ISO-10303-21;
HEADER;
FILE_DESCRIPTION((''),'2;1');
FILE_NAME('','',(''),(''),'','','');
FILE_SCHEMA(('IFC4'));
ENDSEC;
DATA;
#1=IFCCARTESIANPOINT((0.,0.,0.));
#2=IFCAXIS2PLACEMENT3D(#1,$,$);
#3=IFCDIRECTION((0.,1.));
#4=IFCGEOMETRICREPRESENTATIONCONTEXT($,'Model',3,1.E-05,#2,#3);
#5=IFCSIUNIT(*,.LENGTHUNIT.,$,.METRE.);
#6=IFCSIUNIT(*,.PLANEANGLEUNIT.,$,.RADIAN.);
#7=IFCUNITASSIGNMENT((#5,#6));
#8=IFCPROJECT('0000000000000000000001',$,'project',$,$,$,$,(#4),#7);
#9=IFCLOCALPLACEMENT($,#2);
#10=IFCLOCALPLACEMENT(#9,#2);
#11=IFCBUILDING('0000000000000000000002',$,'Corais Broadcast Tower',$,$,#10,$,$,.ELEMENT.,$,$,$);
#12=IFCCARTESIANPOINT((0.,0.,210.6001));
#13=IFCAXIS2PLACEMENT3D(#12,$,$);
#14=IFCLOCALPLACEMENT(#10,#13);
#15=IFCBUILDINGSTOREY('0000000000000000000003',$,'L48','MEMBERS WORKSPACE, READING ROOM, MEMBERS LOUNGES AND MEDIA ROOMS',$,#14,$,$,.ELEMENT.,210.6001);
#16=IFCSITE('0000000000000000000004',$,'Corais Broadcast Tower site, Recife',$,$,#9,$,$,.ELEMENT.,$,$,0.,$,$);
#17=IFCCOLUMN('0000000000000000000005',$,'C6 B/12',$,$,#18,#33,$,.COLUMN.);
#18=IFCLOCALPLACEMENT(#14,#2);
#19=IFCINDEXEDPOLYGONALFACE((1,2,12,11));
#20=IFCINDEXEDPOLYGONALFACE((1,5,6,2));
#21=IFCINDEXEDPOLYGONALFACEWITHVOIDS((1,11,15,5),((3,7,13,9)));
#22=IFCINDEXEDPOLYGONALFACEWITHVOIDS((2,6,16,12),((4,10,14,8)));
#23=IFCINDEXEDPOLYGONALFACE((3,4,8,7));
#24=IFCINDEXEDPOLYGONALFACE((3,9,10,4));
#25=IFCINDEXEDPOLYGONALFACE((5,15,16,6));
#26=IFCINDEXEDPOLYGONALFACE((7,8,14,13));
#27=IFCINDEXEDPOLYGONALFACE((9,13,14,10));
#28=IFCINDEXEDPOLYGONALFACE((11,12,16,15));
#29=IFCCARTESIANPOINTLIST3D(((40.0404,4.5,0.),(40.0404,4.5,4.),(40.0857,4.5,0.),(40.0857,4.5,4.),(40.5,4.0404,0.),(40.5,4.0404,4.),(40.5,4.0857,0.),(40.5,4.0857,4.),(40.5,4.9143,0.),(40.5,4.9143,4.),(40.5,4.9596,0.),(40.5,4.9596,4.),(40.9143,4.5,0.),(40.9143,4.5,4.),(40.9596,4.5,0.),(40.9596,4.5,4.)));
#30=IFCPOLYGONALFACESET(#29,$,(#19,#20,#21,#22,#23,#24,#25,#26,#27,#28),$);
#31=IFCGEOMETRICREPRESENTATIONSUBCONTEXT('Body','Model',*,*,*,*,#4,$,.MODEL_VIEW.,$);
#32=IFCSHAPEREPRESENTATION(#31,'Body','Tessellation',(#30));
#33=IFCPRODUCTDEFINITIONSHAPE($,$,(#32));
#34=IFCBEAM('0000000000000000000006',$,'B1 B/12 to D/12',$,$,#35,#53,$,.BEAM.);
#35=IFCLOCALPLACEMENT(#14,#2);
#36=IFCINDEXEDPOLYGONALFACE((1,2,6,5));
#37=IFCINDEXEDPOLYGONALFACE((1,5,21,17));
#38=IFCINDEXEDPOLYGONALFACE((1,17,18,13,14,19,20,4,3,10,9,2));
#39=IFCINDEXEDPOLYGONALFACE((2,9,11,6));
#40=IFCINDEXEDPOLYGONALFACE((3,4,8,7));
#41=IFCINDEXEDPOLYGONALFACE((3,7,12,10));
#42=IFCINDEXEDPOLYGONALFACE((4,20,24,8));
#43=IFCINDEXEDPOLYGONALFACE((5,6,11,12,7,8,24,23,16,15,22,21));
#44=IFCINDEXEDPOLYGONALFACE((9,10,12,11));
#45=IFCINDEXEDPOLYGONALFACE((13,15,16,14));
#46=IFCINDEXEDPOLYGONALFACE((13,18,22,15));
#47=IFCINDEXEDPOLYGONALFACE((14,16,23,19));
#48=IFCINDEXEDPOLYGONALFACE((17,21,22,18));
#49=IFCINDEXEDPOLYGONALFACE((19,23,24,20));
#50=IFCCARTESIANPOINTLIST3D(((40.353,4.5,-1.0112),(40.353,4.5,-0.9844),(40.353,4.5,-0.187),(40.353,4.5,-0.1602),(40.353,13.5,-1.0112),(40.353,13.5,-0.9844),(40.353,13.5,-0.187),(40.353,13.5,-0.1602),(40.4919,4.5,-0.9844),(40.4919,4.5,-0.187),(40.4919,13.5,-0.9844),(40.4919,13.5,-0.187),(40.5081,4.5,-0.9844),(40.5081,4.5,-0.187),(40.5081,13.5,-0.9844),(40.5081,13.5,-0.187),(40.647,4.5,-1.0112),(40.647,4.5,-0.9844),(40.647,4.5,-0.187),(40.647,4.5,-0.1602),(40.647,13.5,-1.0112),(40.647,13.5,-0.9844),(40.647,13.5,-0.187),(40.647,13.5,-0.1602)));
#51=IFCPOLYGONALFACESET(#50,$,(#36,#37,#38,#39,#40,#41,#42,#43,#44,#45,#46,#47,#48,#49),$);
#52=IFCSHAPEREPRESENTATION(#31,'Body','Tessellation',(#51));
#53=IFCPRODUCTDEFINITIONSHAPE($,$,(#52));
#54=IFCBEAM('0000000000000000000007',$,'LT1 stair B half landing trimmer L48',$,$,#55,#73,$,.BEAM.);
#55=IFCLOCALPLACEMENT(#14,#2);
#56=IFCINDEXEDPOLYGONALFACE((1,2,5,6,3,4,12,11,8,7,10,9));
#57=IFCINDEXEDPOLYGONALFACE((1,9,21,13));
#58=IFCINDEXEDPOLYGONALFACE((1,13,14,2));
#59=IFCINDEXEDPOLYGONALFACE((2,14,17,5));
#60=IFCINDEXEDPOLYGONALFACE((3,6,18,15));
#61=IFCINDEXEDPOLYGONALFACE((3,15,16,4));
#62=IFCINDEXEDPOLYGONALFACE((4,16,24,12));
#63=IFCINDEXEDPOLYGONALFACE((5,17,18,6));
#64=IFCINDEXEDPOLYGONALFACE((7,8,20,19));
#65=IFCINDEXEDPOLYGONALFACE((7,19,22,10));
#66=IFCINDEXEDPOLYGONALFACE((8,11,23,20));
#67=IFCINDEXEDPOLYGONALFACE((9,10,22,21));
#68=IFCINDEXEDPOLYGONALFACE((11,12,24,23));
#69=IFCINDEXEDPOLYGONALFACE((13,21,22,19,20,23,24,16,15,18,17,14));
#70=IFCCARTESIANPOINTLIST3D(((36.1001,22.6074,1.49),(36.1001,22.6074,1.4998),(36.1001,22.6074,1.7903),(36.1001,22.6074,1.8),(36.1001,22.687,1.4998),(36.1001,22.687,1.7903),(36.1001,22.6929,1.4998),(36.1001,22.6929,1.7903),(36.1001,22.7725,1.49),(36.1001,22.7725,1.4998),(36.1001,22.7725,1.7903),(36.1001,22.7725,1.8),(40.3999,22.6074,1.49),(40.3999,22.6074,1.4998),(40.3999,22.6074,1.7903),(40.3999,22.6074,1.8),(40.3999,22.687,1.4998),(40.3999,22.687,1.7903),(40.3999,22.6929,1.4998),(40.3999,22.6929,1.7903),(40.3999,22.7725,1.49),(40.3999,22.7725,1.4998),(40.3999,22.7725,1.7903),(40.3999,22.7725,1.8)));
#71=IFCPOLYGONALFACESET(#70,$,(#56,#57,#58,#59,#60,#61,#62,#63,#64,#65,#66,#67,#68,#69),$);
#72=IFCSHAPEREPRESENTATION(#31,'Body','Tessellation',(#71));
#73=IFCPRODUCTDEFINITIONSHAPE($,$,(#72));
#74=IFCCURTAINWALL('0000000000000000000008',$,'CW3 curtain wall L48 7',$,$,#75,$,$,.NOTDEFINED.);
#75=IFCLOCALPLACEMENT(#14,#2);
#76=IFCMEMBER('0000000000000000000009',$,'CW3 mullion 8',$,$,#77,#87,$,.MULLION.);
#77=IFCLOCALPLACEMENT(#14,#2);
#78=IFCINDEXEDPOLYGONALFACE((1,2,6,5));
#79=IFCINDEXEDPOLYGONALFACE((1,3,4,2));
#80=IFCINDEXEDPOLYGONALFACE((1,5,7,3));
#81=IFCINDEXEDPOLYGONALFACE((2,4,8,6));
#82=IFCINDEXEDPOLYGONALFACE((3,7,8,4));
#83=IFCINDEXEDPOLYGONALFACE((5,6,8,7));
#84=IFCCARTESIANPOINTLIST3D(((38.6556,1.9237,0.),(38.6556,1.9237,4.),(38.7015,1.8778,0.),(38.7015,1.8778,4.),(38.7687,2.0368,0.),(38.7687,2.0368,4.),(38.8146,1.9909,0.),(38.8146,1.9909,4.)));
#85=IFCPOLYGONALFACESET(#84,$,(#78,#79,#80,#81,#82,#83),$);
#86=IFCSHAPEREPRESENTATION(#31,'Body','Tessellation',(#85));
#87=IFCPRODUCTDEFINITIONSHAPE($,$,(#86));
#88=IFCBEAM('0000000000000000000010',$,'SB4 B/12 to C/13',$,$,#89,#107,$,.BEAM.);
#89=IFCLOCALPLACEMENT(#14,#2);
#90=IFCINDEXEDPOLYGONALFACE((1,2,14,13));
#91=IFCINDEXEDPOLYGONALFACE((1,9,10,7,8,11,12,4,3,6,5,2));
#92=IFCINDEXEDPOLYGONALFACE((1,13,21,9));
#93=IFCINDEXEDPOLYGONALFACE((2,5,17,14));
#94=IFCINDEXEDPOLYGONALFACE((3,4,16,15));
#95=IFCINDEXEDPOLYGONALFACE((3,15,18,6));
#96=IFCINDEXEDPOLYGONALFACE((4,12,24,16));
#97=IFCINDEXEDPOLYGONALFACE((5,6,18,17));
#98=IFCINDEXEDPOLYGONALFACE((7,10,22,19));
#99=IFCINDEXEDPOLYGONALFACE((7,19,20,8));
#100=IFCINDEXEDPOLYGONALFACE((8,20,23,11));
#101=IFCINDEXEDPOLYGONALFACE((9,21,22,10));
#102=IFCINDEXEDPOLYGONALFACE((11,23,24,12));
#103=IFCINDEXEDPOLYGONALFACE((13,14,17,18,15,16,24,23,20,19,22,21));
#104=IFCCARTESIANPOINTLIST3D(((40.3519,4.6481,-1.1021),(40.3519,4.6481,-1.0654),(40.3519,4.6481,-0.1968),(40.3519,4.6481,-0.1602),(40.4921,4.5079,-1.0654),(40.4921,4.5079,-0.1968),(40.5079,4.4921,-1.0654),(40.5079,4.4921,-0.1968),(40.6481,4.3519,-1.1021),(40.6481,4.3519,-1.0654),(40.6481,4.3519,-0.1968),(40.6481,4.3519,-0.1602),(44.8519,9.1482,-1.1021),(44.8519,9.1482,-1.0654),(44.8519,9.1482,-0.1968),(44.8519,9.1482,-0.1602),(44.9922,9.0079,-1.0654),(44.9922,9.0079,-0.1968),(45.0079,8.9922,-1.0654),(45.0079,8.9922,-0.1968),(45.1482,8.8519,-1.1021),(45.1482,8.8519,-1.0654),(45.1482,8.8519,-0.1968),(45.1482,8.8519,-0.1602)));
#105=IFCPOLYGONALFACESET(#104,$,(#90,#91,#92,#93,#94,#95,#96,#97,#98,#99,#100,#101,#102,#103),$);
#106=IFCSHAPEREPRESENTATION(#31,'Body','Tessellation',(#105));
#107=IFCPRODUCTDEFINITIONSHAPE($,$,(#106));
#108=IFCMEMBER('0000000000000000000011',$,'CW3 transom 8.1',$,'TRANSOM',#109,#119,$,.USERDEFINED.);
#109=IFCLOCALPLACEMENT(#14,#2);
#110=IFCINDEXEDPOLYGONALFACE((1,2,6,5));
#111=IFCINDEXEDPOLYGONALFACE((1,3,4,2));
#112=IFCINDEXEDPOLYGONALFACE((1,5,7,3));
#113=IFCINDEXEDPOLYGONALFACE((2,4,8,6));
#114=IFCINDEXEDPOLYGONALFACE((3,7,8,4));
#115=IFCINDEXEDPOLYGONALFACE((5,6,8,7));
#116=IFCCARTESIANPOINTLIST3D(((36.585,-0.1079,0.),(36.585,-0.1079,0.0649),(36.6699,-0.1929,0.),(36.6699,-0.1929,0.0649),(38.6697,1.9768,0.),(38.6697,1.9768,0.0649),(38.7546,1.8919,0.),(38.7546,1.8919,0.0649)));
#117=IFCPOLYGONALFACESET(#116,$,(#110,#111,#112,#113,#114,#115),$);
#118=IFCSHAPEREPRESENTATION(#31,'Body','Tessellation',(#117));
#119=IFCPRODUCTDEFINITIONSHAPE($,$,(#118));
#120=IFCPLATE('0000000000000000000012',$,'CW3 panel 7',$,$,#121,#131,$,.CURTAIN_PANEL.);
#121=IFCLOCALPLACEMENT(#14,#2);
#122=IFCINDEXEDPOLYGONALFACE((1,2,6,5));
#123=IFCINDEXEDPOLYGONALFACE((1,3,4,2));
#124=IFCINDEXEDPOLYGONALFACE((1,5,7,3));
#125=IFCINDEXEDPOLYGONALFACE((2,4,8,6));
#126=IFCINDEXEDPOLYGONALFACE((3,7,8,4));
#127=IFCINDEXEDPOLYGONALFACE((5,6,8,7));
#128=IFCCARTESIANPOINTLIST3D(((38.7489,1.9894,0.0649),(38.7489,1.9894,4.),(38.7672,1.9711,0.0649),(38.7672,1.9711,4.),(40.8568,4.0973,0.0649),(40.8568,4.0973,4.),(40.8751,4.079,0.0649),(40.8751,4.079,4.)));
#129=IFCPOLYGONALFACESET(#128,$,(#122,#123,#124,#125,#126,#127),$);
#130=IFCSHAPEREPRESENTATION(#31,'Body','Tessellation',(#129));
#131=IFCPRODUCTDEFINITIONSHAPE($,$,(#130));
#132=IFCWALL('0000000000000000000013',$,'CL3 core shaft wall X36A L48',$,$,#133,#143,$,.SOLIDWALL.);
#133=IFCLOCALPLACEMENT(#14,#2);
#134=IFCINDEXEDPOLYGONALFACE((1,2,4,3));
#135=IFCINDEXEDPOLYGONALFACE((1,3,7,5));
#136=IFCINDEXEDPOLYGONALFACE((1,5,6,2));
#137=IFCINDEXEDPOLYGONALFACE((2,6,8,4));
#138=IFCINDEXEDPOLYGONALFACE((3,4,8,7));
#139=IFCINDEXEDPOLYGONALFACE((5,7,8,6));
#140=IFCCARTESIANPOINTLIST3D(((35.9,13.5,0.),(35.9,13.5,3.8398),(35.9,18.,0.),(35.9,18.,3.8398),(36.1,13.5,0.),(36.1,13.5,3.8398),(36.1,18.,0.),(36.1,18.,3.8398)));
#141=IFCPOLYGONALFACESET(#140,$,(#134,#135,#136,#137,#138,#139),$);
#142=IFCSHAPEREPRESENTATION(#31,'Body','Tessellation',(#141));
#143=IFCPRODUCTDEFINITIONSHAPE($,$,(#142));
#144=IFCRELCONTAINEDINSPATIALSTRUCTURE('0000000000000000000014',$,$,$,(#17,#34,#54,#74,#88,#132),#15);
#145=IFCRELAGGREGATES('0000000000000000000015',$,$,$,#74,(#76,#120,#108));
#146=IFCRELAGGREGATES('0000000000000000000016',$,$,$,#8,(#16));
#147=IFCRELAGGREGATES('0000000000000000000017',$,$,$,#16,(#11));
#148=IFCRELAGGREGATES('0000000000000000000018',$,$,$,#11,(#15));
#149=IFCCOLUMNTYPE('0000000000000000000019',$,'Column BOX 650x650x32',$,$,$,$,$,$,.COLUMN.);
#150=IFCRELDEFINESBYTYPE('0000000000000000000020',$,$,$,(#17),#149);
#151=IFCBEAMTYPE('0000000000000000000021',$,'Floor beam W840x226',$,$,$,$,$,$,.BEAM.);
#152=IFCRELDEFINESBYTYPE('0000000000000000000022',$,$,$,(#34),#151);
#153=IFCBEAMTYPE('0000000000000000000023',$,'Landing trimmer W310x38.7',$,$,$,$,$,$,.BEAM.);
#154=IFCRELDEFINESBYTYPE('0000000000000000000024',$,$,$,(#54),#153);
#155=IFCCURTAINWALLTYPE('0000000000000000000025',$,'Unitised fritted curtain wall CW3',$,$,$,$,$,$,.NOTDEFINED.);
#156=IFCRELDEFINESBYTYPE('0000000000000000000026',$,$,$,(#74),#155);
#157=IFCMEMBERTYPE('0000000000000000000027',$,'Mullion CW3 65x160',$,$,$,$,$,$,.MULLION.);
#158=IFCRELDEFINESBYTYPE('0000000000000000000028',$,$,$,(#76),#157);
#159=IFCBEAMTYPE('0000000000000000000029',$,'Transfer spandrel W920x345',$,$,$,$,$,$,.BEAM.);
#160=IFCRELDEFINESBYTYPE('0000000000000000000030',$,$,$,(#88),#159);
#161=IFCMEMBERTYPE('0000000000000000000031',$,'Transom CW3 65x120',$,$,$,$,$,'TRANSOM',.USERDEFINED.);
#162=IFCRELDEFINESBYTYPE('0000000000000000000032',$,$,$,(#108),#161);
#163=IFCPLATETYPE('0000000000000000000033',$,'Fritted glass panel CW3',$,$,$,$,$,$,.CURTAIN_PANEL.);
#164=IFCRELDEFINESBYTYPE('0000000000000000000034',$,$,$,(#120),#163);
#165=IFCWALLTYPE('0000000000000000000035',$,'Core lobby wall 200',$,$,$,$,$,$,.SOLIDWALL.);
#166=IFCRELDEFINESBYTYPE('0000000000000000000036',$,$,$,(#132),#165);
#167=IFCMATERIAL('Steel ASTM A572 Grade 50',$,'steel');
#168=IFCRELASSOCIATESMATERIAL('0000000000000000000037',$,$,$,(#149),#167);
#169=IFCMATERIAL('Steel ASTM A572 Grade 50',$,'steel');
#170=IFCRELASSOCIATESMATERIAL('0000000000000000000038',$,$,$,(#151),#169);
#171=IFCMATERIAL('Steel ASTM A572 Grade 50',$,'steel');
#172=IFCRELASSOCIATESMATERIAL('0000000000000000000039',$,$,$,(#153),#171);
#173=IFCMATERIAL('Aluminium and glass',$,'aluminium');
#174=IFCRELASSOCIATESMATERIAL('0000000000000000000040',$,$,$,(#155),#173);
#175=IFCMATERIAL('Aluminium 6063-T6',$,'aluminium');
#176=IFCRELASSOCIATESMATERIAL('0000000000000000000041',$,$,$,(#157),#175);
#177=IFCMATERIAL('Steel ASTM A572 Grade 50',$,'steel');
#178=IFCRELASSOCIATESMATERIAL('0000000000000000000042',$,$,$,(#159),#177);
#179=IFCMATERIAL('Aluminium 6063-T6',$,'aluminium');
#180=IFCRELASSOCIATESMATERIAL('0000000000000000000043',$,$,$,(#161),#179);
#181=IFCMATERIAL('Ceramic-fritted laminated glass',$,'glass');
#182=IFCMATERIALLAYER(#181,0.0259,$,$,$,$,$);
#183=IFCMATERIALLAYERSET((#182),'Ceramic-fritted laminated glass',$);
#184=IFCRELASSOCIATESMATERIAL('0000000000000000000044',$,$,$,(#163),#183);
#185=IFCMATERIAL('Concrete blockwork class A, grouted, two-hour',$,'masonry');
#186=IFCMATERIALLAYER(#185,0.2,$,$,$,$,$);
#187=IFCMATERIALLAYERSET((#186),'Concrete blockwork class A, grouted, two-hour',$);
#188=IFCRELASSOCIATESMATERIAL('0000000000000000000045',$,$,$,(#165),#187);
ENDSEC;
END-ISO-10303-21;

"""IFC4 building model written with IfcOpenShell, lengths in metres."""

from ifc_helpers import new_model, si_unit, direction, frame, frame_2d, origin, origin_2d, place, context, subcontext, project, spatial, rectangle, hollow_rectangle, i_section, extrude, material, layer, layer_set, material_profile, profile_set, type_object, element, aggregate, save


model = new_model("IFC4")

# Units and contexts
model_context = context("Model", 3, precision=1e-05, world=origin(), true_north=direction((0.0, 1.0)))
body_context = subcontext(model_context, "Body", "Model", "MODEL_VIEW")
ifc_project = project(units=[si_unit("LENGTHUNIT", "METRE"), si_unit("PLANEANGLEUNIT", "RADIAN")], contexts=[model_context])

# Site, building, storey
site_placement = place(None, origin())
site = spatial("IfcSite", under=ifc_project, at=site_placement, Name="Corais Broadcast Tower site, Recife", CompositionType="ELEMENT", RefElevation=0.0)
building_placement = place(site_placement, origin())
building = spatial("IfcBuilding", under=site, at=building_placement, Name="Corais Broadcast Tower", CompositionType="ELEMENT")
storey_placement = place(building_placement, frame((0.0, 0.0, 210.6001)))
storey = spatial("IfcBuildingStorey", under=building, at=storey_placement, Name="L48", Description="MEMBERS WORKSPACE, READING ROOM, MEMBERS LOUNGES AND MEDIA ROOMS", CompositionType="ELEMENT", Elevation=210.6001)

# Column
ifc_material_1 = material(Name="Steel ASTM A572 Grade 50", Category="steel")
ifc_material_profile_1 = material_profile(ifc_material_1, hollow_rectangle(XDim=0.6499, YDim=0.6499, WallThickness=0.032, at=origin_2d()), Name="BOX 650x650x32")
ifc_profile_set_1 = profile_set([ifc_material_profile_1], Name="Steel ASTM A572 Grade 50")
column_type = type_object("IfcColumnType", Name="Column BOX 650x650x32", PredefinedType="COLUMN", material=ifc_profile_set_1)
column_placement = place(storey_placement, frame((40.5, 4.5, 0.0), z_axis=(0.0, 0.0, 1.0), x_axis=(0.707107, 0.707107, 0.0)))
element("IfcColumn", 1, at=column_placement, inside=storey, type_object=column_type, Name="C6 B/12", PredefinedType="COLUMN", context=body_context, shape_type="SweptSolid", body=[
    extrude(hollow_rectangle(XDim=0.6499, YDim=0.6499, WallThickness=0.032, at=origin_2d()), origin(), (0.0, 0.0, 1.0), 4.0),
])

# Beams
ifc_material_2 = material(Name="Steel ASTM A572 Grade 50", Category="steel")
ifc_material_profile_2 = material_profile(ifc_material_2, i_section(OverallWidth=0.2939, OverallDepth=0.8511, WebThickness=0.0161, FlangeThickness=0.0269, at=origin_2d()), Name="W840x226")
ifc_profile_set_2 = profile_set([ifc_material_profile_2], Name="Steel ASTM A572 Grade 50")
beam_type_1 = type_object("IfcBeamType", Name="Floor beam W840x226", PredefinedType="BEAM", material=ifc_profile_set_2)
beam_1_placement = place(storey_placement, frame((40.5, 4.5, -0.5857), z_axis=(0.0, 1.0, 0.0), x_axis=(-1.0, 0.0, 0.0)))
element("IfcBeam", 2, at=beam_1_placement, inside=storey, type_object=beam_type_1, Name="B1 B/12 to D/12", PredefinedType="BEAM", context=body_context, shape_type="SweptSolid", body=[
    extrude(i_section(OverallWidth=0.2939, OverallDepth=0.8511, WebThickness=0.0161, FlangeThickness=0.0269, at=origin_2d()), origin(), (0.0, 0.0, 1.0), 9.0),
])
ifc_material_3 = material(Name="Steel ASTM A572 Grade 50", Category="steel")
ifc_material_profile_3 = material_profile(ifc_material_3, i_section(OverallWidth=0.165, OverallDepth=0.3101, WebThickness=0.0059, FlangeThickness=0.0098, at=origin_2d()), Name="W310x38.7")
ifc_profile_set_3 = profile_set([ifc_material_profile_3], Name="Steel ASTM A572 Grade 50")
beam_type_2 = type_object("IfcBeamType", Name="Landing trimmer W310x38.7", PredefinedType="BEAM", material=ifc_profile_set_3)
beam_2_placement = place(storey_placement, frame((36.1001, 22.6899, 1.645), z_axis=(1.0, 0.0, 0.0), x_axis=(0.0, 1.0, 0.0)))
element("IfcBeam", 3, at=beam_2_placement, inside=storey, type_object=beam_type_2, Name="LT1 stair B half landing trimmer L48", PredefinedType="BEAM", context=body_context, shape_type="SweptSolid", body=[
    extrude(i_section(OverallWidth=0.165, OverallDepth=0.3101, WebThickness=0.0059, FlangeThickness=0.0098, at=origin_2d()), origin(), (0.0, 0.0, 1.0), 4.2998),
])

# Curtain wall, member
ifc_material_4 = material(Name="Aluminium and glass", Category="aluminium")
curtain_wall_type = type_object("IfcCurtainWallType", Name="Unitised fritted curtain wall CW3", PredefinedType="NOTDEFINED", material=ifc_material_4)
curtain_wall_placement = place(storey_placement, origin())
curtain_wall = element("IfcCurtainWall", 4, at=curtain_wall_placement, inside=storey, type_object=curtain_wall_type, Name="CW3 curtain wall L48 7", PredefinedType="NOTDEFINED")
ifc_material_5 = material(Name="Aluminium 6063-T6", Category="aluminium")
ifc_material_profile_4 = material_profile(ifc_material_5, rectangle(XDim=0.0649, YDim=0.1599, at=origin_2d()), Name="Mullion CW3 65x160")
ifc_profile_set_4 = profile_set([ifc_material_profile_4], Name="Aluminium 6063-T6")
member_type_1 = type_object("IfcMemberType", Name="Mullion CW3 65x160", PredefinedType="MULLION", material=ifc_profile_set_4)
member_1_placement = place(storey_placement, frame((38.7351, 1.9573, 0.0), z_axis=(0.0, 0.0, 1.0), x_axis=(0.707107, -0.707107, 0.0)))
member_1 = element("IfcMember", 5, at=member_1_placement, type_object=member_type_1, Name="CW3 mullion 8", PredefinedType="MULLION", context=body_context, shape_type="SweptSolid", body=[
    extrude(rectangle(XDim=0.0649, YDim=0.1599, at=origin_2d()), origin(), (0.0, 0.0, 1.0), 4.0),
])

# Beam
ifc_material_6 = material(Name="Steel ASTM A572 Grade 50", Category="steel")
ifc_material_profile_5 = material_profile(ifc_material_6, i_section(OverallWidth=0.4189, OverallDepth=0.9419, WebThickness=0.0222, FlangeThickness=0.0366, at=origin_2d()), Name="W920x345")
ifc_profile_set_5 = profile_set([ifc_material_profile_5], Name="Steel ASTM A572 Grade 50")
beam_type_3 = type_object("IfcBeamType", Name="Transfer spandrel W920x345", PredefinedType="BEAM", material=ifc_profile_set_5)
beam_3_placement = place(storey_placement, frame((40.5, 4.5, -0.6311), z_axis=(0.707107, 0.707107, 0.0), x_axis=(-0.707107, 0.707107, 0.0)))
element("IfcBeam", 6, at=beam_3_placement, inside=storey, type_object=beam_type_3, Name="SB4 B/12 to C/13", PredefinedType="BEAM", context=body_context, shape_type="SweptSolid", body=[
    extrude(i_section(OverallWidth=0.4189, OverallDepth=0.9419, WebThickness=0.0222, FlangeThickness=0.0366, at=origin_2d()), origin(), (0.0, 0.0, 1.0), 6.364),
])

# Member
ifc_material_7 = material(Name="Aluminium 6063-T6", Category="aluminium")
ifc_material_profile_6 = material_profile(ifc_material_7, rectangle(XDim=0.1201, YDim=0.0649, at=origin_2d()), Name="Transom CW3 65x120")
ifc_profile_set_6 = profile_set([ifc_material_profile_6], Name="Aluminium 6063-T6")
member_type_2 = type_object("IfcMemberType", Name="Transom CW3 65x120", ElementType="TRANSOM", PredefinedType="USERDEFINED", material=ifc_profile_set_6)
member_2_placement = place(storey_placement, frame((38.7122, 1.9343, 0.0325), z_axis=(-0.707107, -0.707107, 0.0), x_axis=(0.707107, -0.707107, 0.0)))
member_2 = element("IfcMember", 7, at=member_2_placement, type_object=member_type_2, Name="CW3 transom 8.1", ObjectType="TRANSOM", PredefinedType="USERDEFINED", context=body_context, shape_type="SweptSolid", body=[
    extrude(rectangle(XDim=0.1201, YDim=0.0649, at=origin_2d()), origin(), (0.0, 0.0, 1.0), 2.9482),
])

# Plate
ifc_material_8 = material(Name="Ceramic-fritted laminated glass", Category="glass")
ifc_layer_1 = layer(ifc_material_8, 0.0259)
ifc_layer_set_1 = layer_set([ifc_layer_1], Name="Ceramic-fritted laminated glass")
plate_type = type_object("IfcPlateType", Name="Fritted glass panel CW3", PredefinedType="CURTAIN_PANEL", material=ifc_layer_set_1)
plate_placement = place(storey_placement, frame((39.812, 3.0342, 0.0649), z_axis=(0.0, 0.0, 1.0), x_axis=(-0.707107, -0.707107, 0.0)))
plate = element("IfcPlate", 8, at=plate_placement, type_object=plate_type, Name="CW3 panel 7", PredefinedType="CURTAIN_PANEL", context=body_context, shape_type="SweptSolid", body=[
    extrude(rectangle(XDim=2.981, YDim=0.0259, at=origin_2d()), origin(), (0.0, 0.0, 1.0), 3.9351),
])
aggregate(curtain_wall, [member_1, plate, member_2])

# Wall
ifc_material_9 = material(Name="Concrete blockwork class A, grouted, two-hour", Category="masonry")
ifc_layer_2 = layer(ifc_material_9, 0.2)
ifc_layer_set_2 = layer_set([ifc_layer_2], Name="Concrete blockwork class A, grouted, two-hour")
wall_type_1 = type_object("IfcWallType", Name="Core lobby wall 200", PredefinedType="SOLIDWALL", material=ifc_layer_set_2)
wall_1_placement = place(storey_placement, frame((36.0, 13.5, 0.0), z_axis=(0.0, 0.0, 1.0), x_axis=(0.0, 1.0, 0.0)))
element("IfcWall", 9, at=wall_1_placement, inside=storey, type_object=wall_type_1, Name="CL3 core shaft wall X36A L48", PredefinedType="SOLIDWALL", context=body_context, shape_type="SweptSolid", body=[
    extrude(rectangle(XDim=4.5, YDim=0.2, at=frame_2d((2.25, 0.0))), origin(), (0.0, 0.0, 1.0), 3.8398),
])

save(model, "model.ifc")
